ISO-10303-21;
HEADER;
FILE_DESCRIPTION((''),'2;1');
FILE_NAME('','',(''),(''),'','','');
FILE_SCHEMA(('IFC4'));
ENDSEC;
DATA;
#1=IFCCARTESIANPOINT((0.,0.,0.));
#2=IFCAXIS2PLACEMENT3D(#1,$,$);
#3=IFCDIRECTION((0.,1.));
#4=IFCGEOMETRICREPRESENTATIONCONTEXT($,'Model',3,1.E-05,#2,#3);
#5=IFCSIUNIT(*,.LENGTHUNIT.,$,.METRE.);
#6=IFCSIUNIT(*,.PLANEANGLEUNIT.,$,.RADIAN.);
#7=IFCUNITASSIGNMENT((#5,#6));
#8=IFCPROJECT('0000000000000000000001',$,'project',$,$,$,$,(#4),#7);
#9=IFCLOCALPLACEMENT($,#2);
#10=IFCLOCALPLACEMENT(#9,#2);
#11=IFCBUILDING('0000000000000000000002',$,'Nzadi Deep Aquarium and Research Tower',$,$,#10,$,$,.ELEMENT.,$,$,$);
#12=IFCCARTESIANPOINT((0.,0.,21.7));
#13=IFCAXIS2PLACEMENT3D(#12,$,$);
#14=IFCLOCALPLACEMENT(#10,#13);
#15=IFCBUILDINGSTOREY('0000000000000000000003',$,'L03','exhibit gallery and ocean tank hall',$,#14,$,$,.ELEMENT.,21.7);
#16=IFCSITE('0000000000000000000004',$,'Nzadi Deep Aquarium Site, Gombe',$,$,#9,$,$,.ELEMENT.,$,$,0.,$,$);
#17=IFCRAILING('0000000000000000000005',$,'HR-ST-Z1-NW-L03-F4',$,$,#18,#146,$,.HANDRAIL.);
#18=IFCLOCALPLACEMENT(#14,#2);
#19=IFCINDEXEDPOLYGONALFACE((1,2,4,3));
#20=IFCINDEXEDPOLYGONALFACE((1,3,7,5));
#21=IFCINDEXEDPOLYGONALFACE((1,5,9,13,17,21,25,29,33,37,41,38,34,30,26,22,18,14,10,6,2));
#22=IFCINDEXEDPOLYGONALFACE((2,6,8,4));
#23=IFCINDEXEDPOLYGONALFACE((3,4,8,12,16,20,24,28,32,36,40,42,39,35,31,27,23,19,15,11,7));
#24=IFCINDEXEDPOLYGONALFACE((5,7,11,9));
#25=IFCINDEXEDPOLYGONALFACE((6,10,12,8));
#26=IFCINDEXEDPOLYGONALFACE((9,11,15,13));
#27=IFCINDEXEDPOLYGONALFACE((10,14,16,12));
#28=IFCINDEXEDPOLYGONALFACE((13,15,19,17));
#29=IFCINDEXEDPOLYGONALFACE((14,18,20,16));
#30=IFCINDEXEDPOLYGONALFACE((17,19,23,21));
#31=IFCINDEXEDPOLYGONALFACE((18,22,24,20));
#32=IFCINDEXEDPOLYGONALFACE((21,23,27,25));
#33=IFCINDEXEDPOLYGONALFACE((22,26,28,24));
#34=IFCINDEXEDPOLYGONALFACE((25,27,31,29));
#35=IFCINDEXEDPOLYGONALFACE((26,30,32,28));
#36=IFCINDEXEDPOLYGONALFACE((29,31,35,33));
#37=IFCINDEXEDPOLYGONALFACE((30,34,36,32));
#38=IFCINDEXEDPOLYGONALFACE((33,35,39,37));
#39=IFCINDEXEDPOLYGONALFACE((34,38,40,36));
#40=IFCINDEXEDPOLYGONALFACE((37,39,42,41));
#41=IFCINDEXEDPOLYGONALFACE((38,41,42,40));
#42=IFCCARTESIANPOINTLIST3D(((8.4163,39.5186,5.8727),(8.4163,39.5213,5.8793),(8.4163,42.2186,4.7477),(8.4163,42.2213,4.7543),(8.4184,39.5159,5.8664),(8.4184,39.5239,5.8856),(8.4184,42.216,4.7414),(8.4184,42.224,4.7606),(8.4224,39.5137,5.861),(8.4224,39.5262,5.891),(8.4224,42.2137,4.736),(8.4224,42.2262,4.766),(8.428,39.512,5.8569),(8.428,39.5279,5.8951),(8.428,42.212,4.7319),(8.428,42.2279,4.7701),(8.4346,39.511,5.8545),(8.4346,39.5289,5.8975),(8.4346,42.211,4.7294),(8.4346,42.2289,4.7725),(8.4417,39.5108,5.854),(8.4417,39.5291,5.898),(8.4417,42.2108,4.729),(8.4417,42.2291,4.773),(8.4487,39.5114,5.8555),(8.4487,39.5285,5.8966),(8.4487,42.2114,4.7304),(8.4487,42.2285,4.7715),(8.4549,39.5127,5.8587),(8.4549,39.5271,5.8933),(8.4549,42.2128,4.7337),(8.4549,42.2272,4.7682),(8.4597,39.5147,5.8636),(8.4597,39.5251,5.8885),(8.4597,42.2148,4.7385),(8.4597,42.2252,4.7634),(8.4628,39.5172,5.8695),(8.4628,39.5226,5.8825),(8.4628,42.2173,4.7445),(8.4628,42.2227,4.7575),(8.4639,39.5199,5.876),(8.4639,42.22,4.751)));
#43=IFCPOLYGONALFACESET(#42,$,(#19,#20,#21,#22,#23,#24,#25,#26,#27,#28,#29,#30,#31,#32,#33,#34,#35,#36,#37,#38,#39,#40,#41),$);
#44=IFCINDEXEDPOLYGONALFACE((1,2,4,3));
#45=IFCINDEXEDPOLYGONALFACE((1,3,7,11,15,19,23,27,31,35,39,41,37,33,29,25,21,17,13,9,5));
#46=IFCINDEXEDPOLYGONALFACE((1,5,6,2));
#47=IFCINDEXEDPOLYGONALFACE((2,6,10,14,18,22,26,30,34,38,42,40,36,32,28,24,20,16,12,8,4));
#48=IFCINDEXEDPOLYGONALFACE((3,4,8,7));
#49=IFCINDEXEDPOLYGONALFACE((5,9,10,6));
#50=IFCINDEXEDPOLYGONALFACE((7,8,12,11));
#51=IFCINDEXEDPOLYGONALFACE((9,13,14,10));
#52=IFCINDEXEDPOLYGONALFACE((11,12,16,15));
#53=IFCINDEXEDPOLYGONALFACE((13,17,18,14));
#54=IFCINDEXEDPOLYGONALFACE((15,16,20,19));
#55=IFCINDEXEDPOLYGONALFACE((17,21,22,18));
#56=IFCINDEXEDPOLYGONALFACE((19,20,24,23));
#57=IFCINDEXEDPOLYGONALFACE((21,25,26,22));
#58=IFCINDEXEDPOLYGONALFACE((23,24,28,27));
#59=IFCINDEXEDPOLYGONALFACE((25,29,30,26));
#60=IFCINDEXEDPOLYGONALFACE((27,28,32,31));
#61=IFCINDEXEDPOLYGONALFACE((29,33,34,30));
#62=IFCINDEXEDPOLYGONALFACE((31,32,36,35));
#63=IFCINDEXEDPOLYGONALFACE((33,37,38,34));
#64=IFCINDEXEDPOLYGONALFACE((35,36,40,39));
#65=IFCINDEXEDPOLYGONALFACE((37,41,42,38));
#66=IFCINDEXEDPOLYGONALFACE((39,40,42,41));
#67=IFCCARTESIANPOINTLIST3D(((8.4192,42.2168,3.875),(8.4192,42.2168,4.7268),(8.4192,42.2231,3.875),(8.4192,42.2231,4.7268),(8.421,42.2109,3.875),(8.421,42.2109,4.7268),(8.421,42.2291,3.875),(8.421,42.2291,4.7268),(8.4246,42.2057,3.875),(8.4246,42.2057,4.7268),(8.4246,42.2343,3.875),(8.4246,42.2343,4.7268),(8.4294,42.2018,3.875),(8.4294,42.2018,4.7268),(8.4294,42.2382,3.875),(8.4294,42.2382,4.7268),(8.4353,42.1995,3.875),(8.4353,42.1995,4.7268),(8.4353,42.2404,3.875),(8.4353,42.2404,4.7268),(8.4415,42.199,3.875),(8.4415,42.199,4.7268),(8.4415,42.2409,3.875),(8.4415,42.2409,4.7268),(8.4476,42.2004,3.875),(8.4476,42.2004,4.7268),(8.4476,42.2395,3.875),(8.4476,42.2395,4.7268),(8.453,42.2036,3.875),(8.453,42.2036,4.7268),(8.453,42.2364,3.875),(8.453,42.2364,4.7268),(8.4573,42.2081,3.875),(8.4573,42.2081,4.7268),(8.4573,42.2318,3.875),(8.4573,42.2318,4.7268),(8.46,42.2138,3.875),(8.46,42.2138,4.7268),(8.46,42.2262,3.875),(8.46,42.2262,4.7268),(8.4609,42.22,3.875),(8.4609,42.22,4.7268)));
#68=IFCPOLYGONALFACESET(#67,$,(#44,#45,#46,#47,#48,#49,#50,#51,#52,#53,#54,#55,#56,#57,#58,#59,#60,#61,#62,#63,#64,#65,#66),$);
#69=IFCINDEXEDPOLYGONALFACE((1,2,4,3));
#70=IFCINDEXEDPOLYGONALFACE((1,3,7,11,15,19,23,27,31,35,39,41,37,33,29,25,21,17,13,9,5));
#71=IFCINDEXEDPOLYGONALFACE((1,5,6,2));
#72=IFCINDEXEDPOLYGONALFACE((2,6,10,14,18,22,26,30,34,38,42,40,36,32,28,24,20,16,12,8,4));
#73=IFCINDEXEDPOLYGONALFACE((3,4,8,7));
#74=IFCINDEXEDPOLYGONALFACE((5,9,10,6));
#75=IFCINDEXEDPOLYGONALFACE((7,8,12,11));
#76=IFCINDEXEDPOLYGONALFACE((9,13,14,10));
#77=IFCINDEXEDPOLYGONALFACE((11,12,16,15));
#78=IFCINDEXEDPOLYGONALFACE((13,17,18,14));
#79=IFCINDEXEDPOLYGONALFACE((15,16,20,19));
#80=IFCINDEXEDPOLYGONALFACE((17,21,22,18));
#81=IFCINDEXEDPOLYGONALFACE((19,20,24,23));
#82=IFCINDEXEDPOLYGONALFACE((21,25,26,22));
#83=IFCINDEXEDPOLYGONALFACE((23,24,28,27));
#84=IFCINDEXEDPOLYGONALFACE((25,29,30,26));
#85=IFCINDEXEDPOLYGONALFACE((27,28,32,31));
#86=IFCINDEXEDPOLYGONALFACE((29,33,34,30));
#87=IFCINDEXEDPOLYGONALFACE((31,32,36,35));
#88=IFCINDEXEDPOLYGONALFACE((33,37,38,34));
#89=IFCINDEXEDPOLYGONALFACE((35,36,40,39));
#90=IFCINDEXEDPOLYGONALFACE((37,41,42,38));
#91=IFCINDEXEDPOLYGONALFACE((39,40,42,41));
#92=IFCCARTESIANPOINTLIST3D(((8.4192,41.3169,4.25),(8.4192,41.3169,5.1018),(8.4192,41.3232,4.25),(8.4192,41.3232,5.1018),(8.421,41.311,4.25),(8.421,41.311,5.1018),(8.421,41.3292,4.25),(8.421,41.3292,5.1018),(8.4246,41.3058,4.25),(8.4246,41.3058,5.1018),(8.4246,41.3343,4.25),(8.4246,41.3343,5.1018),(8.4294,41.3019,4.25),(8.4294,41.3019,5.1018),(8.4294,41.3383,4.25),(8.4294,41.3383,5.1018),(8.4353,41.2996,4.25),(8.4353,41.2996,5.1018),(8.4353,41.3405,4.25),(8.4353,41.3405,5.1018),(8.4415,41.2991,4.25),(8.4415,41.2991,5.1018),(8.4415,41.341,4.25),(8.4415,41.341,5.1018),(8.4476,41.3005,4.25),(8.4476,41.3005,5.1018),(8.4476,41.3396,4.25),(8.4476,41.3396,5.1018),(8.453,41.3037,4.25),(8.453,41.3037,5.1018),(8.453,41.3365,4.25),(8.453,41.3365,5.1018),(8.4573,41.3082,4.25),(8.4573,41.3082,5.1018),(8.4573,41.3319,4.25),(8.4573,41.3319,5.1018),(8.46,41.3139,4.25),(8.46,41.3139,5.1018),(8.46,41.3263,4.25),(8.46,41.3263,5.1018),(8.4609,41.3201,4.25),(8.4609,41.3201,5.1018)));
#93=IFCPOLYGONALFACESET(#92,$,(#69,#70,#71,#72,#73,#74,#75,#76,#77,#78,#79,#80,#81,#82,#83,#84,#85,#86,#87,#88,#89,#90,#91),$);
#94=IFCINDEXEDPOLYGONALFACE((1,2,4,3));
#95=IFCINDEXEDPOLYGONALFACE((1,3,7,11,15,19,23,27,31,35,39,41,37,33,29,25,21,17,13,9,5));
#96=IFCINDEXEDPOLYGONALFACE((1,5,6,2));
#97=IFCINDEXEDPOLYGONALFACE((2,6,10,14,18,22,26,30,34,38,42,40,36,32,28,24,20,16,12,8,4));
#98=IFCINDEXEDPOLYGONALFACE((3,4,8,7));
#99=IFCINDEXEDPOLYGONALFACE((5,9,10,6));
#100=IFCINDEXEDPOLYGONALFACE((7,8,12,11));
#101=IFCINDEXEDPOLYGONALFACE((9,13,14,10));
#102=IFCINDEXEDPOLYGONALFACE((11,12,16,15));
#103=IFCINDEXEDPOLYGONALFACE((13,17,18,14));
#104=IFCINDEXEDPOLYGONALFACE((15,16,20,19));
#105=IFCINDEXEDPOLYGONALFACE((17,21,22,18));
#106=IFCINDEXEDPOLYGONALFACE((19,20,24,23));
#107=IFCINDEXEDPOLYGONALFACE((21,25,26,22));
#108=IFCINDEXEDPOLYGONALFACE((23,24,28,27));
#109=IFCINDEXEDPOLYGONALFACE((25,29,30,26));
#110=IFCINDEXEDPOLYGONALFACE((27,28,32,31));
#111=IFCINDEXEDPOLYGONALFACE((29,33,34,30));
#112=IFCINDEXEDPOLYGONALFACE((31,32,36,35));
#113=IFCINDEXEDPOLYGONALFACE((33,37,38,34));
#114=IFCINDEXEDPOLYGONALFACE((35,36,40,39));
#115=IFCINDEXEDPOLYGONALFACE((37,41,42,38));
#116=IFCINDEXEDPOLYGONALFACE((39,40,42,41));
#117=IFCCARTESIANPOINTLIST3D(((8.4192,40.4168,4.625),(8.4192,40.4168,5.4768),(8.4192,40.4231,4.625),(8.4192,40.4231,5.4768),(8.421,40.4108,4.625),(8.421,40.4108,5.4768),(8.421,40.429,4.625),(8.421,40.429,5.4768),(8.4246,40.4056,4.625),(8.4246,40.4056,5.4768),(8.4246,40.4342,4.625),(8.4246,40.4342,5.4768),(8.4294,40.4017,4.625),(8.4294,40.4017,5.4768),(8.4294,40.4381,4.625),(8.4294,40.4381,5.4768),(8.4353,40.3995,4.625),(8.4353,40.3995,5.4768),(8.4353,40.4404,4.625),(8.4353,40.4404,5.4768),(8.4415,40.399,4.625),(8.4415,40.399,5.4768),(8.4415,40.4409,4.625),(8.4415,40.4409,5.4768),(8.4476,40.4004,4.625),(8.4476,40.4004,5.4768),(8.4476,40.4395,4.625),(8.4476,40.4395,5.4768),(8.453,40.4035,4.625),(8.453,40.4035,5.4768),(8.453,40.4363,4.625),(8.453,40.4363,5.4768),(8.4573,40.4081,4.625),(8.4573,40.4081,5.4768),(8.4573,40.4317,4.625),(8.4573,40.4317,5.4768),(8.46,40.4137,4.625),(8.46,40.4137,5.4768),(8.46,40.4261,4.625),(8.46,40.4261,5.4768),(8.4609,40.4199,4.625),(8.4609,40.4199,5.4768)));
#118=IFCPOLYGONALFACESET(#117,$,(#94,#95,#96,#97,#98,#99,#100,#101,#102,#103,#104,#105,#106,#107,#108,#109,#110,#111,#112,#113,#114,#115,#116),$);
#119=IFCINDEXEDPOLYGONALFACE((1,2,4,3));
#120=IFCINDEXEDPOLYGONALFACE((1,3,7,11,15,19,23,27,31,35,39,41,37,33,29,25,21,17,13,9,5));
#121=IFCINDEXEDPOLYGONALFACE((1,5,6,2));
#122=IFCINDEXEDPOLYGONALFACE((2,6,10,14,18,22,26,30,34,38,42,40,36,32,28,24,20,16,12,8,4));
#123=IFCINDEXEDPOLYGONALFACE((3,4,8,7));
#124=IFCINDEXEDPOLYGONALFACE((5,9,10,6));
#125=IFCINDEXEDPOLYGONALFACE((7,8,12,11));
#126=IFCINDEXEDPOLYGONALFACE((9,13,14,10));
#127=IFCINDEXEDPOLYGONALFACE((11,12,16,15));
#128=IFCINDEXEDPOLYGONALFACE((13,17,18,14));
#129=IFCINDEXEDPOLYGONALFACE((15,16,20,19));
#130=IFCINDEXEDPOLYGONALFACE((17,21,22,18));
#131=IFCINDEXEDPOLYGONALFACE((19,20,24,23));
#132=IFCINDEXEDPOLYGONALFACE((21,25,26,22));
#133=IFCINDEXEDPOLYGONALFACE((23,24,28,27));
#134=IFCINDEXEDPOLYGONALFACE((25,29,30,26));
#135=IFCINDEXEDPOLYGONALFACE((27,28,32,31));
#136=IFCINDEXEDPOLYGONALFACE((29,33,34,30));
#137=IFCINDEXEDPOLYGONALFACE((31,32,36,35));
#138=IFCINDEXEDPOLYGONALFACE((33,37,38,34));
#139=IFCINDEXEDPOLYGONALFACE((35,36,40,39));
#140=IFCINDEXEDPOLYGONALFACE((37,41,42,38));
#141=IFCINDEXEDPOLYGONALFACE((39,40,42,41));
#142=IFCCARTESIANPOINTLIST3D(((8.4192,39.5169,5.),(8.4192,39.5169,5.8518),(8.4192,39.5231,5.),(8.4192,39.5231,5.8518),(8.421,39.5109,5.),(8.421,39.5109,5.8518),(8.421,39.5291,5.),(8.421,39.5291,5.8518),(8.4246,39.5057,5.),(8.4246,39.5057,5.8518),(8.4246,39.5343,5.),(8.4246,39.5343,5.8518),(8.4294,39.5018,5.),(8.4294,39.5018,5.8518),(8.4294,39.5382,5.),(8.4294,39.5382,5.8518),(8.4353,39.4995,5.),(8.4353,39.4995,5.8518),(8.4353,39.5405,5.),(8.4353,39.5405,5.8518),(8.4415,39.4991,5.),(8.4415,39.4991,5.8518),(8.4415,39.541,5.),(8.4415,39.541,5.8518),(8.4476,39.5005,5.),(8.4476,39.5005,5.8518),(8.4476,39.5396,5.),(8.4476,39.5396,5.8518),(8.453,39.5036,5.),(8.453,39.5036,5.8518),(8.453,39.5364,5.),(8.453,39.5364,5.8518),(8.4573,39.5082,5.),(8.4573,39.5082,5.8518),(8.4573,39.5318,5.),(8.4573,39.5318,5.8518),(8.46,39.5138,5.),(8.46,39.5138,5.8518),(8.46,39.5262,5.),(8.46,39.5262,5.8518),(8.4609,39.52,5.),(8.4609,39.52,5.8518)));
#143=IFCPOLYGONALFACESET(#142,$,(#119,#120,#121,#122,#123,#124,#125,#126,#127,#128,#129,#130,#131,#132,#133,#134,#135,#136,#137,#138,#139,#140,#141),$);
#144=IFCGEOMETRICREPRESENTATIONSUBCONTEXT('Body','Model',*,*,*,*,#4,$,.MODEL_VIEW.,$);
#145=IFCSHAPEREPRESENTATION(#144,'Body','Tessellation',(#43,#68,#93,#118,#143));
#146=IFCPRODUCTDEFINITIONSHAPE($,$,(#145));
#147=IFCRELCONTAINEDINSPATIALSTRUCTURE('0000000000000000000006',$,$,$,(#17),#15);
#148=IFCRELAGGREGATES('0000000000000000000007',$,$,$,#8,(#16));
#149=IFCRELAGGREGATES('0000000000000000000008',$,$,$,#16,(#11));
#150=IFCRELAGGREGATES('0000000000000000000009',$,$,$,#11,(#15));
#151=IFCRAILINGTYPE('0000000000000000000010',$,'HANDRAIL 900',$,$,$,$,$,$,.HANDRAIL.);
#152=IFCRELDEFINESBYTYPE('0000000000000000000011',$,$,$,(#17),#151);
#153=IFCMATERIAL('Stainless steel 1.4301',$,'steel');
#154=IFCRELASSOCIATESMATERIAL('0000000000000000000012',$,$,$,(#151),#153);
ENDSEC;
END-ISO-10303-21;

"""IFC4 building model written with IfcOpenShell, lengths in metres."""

from ifc_helpers import new_model, si_unit, direction, frame, origin, origin_2d, place, context, subcontext, project, spatial, circle, extrude, material, type_object, element, save


model = new_model("IFC4")

# Units and contexts
model_context = context("Model", 3, precision=1e-05, world=origin(), true_north=direction((0.0, 1.0)))
body_context = subcontext(model_context, "Body", "Model", "MODEL_VIEW")
ifc_project = project(units=[si_unit("LENGTHUNIT", "METRE"), si_unit("PLANEANGLEUNIT", "RADIAN")], contexts=[model_context])

# Site, building, storey
site_placement = place(None, origin())
site = spatial("IfcSite", under=ifc_project, at=site_placement, Name="Nzadi Deep Aquarium Site, Gombe", CompositionType="ELEMENT", RefElevation=0.0)
building_placement = place(site_placement, origin())
building = spatial("IfcBuilding", under=site, at=building_placement, Name="Nzadi Deep Aquarium and Research Tower", CompositionType="ELEMENT")
storey_placement = place(building_placement, frame((0.0, 0.0, 21.7)))
storey = spatial("IfcBuildingStorey", under=building, at=storey_placement, Name="L03", Description="exhibit gallery and ocean tank hall", CompositionType="ELEMENT", Elevation=21.7)

# Railing
ifc_material_1 = material(Name="Stainless steel 1.4301", Category="steel")
railing_type = type_object("IfcRailingType", Name="HANDRAIL 900", PredefinedType="HANDRAIL", material=ifc_material_1)
for number, where, name in (
    (1, (8.4399, 42.22, 3.875), "HR-ST-Z1-NW-L03-F4"),
):
    element("IfcRailing", number, at=place(storey_placement, frame(where)), inside=storey, type_object=railing_type, Name=name, PredefinedType="HANDRAIL", context=body_context, shape_type="SweptSolid", body=[
        extrude(circle(Radius=0.0239, at=origin_2d()), frame((0.0, 0.0, 0.876), z_axis=(0.0, -0.923074, 0.384621), x_axis=(1.0, 0.0, 0.0)), (0.0, 0.0, 1.0), 2.925),
        extrude(circle(Radius=0.021, at=origin_2d()), origin(), (0.0, 0.0, 1.0), 0.8518),
        extrude(circle(Radius=0.021, at=origin_2d()), frame((0.0, -0.8999, 0.375)), (0.0, 0.0, 1.0), 0.8518),
        extrude(circle(Radius=0.021, at=origin_2d()), frame((0.0, -1.8, 0.75)), (0.0, 0.0, 1.0), 0.8518),
        extrude(circle(Radius=0.021, at=origin_2d()), frame((0.0, -2.7, 1.125)), (0.0, 0.0, 1.0), 0.8518),
    ])

save(model, "model.ifc")
